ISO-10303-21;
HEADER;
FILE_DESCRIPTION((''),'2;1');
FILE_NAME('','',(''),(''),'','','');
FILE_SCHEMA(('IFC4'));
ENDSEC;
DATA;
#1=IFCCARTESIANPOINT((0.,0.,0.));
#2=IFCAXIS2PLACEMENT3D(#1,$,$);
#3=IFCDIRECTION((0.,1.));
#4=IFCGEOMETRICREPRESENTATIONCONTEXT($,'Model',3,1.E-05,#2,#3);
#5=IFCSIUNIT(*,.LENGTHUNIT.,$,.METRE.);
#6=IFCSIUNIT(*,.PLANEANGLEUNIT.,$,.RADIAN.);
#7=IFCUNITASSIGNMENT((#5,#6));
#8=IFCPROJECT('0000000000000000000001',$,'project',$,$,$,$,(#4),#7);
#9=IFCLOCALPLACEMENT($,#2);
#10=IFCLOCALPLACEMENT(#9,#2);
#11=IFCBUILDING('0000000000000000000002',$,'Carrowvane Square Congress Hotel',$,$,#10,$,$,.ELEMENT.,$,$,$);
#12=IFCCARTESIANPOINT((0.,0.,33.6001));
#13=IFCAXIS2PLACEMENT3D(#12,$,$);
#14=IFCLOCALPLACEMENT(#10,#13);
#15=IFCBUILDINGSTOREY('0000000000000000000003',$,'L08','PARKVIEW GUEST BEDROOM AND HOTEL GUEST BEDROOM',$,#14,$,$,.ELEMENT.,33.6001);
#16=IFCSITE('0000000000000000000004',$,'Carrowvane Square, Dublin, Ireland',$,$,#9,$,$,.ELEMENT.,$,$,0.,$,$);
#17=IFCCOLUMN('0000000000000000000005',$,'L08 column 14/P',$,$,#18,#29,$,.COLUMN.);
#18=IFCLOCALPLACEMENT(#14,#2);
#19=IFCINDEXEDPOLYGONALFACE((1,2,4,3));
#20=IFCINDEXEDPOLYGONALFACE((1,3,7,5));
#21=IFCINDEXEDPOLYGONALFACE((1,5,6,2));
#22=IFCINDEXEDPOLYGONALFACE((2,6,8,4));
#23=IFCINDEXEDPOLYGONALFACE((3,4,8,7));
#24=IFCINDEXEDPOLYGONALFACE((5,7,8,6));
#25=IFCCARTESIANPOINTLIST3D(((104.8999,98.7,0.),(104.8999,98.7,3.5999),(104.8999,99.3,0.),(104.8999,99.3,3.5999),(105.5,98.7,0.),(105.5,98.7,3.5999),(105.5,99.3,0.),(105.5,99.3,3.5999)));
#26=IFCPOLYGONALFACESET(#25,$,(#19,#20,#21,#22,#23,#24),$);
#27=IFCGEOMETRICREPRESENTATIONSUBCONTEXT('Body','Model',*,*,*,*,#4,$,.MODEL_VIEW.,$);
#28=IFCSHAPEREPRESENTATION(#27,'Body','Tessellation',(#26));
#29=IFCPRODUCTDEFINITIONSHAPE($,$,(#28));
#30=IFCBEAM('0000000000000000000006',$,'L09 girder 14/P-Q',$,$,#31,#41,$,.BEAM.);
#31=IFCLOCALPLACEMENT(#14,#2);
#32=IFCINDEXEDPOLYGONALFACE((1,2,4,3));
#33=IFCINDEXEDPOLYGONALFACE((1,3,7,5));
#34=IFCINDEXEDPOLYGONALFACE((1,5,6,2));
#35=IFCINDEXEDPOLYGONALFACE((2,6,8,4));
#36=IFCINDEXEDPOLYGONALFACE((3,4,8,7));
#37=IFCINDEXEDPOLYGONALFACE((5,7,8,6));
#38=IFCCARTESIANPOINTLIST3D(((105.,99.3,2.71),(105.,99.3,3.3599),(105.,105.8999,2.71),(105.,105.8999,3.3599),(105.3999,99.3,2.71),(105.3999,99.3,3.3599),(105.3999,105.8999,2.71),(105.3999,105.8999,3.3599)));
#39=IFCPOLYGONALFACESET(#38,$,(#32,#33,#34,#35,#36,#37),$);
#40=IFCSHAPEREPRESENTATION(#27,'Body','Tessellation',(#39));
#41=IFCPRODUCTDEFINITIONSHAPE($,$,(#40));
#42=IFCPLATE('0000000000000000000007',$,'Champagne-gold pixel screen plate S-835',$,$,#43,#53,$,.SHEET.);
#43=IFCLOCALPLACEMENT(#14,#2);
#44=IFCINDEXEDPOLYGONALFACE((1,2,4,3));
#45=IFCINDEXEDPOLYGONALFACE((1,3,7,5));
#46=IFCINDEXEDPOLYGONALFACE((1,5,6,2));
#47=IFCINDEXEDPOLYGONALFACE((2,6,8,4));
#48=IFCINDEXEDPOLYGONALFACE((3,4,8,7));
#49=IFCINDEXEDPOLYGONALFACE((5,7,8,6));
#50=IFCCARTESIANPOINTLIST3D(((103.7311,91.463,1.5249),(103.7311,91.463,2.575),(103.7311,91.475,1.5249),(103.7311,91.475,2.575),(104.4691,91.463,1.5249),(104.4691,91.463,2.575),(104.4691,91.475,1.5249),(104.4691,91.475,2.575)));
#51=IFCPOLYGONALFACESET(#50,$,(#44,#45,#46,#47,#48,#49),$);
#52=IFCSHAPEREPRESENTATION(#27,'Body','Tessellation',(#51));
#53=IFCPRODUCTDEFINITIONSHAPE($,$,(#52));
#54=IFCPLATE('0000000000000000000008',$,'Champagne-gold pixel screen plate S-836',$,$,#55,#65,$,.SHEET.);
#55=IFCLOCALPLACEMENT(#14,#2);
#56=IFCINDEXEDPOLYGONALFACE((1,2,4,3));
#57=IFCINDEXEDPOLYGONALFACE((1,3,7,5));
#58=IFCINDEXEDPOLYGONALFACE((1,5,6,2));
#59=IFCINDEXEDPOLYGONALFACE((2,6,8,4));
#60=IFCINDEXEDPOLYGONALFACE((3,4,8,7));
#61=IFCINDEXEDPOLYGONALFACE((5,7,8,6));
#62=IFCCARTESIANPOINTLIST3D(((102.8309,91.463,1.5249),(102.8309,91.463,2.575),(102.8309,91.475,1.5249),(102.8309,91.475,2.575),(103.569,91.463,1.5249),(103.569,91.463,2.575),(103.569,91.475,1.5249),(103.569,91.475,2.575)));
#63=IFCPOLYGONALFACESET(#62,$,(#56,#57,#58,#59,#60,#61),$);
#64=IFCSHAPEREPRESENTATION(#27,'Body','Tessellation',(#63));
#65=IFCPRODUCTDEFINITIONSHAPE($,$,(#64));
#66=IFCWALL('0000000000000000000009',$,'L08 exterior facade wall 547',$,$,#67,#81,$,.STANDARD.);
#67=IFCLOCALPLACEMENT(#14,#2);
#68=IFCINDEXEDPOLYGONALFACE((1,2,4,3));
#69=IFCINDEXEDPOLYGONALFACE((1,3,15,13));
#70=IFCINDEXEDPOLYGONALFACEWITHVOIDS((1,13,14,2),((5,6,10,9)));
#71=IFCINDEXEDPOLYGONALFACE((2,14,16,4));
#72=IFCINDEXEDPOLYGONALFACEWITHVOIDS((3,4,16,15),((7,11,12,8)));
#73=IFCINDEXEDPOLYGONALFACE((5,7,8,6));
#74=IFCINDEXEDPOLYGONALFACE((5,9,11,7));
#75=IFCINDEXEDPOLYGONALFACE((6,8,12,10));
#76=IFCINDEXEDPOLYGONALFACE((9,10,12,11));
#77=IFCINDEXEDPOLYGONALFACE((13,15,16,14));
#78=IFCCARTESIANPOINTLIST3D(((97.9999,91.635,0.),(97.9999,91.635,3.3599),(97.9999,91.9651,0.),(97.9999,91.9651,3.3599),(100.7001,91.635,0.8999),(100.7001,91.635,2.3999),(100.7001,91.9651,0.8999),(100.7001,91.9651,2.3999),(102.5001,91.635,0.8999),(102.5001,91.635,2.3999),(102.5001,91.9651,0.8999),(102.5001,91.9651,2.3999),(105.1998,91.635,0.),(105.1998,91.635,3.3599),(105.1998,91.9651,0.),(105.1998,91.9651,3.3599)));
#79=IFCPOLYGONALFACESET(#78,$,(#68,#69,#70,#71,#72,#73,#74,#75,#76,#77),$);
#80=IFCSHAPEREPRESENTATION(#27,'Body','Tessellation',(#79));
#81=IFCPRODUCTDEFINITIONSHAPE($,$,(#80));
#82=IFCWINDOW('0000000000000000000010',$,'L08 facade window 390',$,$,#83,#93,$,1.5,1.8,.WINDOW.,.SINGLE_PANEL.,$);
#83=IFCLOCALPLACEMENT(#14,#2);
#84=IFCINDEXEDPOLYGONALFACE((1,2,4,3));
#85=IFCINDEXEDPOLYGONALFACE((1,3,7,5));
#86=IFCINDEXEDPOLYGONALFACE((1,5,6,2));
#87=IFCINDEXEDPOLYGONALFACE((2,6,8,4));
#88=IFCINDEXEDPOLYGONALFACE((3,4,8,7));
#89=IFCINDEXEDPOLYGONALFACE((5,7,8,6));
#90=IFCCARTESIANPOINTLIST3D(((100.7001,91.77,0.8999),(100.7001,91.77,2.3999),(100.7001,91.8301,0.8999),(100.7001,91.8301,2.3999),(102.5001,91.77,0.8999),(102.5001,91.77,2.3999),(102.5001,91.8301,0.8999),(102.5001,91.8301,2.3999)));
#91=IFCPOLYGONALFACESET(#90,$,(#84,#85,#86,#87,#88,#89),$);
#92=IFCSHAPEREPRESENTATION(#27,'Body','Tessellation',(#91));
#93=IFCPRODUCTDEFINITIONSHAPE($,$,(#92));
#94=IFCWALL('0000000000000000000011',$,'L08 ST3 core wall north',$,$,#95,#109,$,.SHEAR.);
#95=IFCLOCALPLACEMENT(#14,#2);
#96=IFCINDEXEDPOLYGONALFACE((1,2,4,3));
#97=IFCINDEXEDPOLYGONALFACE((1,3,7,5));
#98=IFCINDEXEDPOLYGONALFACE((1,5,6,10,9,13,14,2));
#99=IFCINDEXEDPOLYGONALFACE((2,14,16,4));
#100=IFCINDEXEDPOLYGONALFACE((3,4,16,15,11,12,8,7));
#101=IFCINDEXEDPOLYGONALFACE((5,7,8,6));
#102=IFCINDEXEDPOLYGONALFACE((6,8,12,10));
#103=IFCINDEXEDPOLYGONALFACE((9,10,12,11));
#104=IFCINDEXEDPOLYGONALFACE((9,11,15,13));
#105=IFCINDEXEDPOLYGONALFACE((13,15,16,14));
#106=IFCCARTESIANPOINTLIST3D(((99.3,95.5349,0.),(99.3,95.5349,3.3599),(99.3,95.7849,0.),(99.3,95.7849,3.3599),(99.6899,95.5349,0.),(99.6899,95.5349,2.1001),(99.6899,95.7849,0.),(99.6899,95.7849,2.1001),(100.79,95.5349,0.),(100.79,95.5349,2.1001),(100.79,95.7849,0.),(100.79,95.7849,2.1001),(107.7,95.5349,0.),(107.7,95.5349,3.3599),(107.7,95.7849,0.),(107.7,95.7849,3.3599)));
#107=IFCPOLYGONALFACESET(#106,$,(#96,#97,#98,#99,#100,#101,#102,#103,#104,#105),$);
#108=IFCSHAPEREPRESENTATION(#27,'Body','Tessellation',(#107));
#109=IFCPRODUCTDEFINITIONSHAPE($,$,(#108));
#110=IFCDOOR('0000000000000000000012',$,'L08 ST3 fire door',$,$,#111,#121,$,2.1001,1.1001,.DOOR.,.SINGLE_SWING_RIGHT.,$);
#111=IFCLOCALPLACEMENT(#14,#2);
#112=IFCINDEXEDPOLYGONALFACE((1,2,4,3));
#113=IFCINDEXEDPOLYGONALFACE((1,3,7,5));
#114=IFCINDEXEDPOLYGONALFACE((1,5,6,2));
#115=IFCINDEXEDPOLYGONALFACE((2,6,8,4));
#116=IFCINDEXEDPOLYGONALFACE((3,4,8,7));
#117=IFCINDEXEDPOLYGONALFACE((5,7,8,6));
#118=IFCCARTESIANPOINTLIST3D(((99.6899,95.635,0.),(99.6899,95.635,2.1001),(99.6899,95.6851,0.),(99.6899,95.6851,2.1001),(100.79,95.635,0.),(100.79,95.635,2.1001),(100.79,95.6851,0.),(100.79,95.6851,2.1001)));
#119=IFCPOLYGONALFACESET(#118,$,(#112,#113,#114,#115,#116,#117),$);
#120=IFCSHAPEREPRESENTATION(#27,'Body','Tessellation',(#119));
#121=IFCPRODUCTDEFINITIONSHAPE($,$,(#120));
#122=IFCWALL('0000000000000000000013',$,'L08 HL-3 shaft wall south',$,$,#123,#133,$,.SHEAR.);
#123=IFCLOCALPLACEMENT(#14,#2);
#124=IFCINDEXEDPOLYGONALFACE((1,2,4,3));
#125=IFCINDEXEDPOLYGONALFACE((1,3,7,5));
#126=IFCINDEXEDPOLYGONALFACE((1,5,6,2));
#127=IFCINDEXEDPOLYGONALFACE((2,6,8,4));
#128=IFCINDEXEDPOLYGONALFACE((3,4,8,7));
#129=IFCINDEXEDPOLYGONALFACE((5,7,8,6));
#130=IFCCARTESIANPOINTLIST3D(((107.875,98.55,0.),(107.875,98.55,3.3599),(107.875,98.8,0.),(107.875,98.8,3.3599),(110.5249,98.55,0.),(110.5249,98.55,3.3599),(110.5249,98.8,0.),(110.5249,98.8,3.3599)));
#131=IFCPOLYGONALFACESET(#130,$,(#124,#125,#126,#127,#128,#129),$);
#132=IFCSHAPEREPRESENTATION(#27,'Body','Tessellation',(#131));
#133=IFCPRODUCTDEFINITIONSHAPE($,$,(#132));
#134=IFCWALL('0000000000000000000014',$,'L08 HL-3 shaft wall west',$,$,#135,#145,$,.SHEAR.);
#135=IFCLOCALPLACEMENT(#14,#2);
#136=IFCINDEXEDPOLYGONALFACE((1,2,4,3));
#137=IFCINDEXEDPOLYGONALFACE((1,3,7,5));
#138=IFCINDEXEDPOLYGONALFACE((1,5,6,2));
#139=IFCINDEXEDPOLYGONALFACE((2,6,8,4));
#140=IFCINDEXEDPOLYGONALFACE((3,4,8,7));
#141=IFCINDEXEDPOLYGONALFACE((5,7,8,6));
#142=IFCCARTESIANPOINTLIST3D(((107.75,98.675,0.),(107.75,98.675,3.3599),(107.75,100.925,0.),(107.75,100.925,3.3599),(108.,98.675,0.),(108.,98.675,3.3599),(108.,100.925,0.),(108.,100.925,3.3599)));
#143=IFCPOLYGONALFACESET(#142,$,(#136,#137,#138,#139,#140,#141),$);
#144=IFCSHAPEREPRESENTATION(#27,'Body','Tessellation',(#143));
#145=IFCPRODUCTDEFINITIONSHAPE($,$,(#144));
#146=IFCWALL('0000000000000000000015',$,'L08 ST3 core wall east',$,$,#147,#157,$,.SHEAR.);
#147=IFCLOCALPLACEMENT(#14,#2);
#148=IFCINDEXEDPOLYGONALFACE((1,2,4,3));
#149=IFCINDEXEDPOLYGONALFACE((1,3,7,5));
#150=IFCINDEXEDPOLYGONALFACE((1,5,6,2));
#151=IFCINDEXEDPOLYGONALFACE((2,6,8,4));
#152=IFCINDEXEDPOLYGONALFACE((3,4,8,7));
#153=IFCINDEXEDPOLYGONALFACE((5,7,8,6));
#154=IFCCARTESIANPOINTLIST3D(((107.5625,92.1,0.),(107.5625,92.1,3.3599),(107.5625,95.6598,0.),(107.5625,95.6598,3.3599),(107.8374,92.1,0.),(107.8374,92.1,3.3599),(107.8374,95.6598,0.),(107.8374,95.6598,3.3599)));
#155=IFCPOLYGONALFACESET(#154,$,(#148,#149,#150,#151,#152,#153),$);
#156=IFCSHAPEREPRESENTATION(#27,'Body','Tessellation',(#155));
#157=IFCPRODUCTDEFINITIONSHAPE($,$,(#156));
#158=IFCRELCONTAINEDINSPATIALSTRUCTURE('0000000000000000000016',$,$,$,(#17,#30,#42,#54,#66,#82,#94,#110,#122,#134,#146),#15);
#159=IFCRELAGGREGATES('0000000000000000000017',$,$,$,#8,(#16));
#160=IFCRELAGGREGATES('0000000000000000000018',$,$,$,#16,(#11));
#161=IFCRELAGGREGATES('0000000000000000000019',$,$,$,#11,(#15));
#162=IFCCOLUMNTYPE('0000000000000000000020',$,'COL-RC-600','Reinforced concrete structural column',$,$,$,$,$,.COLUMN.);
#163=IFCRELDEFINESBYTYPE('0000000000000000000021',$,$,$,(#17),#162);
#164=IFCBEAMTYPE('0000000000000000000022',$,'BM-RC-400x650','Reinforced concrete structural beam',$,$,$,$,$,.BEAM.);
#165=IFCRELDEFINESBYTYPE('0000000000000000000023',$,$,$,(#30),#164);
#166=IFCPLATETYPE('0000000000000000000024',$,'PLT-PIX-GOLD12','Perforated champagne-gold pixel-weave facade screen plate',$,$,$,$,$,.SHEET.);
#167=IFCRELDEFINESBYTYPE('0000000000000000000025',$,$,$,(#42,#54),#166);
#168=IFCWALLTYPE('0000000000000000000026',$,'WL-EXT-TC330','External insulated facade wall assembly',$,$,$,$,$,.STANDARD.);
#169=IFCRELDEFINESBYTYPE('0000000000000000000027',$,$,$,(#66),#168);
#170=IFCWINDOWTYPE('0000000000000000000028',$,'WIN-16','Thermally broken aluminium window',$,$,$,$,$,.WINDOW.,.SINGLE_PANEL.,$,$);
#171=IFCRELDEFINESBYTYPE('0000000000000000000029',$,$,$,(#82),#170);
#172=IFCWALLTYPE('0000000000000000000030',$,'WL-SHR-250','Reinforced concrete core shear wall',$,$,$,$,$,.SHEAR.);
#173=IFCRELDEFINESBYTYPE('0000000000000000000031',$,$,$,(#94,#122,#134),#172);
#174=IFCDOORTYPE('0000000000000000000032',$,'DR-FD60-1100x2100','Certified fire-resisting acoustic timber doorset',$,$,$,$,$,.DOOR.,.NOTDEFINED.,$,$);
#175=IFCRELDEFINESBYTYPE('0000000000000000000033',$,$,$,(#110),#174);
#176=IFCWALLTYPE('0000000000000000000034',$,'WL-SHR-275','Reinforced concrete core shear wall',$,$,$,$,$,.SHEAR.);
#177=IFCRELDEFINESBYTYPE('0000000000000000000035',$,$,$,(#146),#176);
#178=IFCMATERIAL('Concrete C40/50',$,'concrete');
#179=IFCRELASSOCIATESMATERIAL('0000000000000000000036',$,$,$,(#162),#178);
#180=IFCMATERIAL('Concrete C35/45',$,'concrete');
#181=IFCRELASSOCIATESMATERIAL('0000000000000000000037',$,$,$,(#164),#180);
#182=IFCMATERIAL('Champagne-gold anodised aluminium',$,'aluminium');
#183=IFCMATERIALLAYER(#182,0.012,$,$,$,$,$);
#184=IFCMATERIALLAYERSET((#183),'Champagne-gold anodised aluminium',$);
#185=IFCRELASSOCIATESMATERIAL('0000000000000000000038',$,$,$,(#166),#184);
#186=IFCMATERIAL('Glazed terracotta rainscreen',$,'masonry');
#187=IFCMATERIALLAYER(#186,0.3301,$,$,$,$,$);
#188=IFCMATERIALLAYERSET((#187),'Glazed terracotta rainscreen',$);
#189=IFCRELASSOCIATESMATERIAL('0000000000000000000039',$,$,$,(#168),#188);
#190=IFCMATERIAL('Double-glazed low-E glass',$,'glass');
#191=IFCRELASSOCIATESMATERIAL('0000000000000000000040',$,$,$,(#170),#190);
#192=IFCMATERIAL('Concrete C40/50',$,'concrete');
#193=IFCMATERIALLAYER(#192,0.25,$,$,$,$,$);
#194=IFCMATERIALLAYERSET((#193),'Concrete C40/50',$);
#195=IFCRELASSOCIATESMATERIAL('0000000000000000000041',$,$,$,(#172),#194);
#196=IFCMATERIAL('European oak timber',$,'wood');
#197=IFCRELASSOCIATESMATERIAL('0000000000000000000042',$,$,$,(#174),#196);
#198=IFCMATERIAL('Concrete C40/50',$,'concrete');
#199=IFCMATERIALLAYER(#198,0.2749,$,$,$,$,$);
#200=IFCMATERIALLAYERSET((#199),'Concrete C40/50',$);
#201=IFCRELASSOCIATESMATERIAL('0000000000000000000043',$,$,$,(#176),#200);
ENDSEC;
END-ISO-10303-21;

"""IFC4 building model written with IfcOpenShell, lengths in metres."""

from ifc_helpers import new_model, si_unit, direction, frame, frame_2d, origin, origin_2d, place, context, subcontext, project, spatial, rectangle, extrude, material, layer, layer_set, material_profile, profile_set, type_object, element, fill, save


model = new_model("IFC4")

# Units and contexts
model_context = context("Model", 3, precision=1e-05, world=origin(), true_north=direction((0.0, 1.0)))
body_context = subcontext(model_context, "Body", "Model", "MODEL_VIEW")
ifc_project = project(units=[si_unit("LENGTHUNIT", "METRE"), si_unit("PLANEANGLEUNIT", "RADIAN")], contexts=[model_context])

# Site, building, storey
site_placement = place(None, origin())
site = spatial("IfcSite", under=ifc_project, at=site_placement, Name="Carrowvane Square, Dublin, Ireland", CompositionType="ELEMENT", RefElevation=0.0)
building_placement = place(site_placement, origin())
building = spatial("IfcBuilding", under=site, at=building_placement, Name="Carrowvane Square Congress Hotel", CompositionType="ELEMENT")
storey_placement = place(building_placement, frame((0.0, 0.0, 33.6001)))
storey = spatial("IfcBuildingStorey", under=building, at=storey_placement, Name="L08", Description="PARKVIEW GUEST BEDROOM AND HOTEL GUEST BEDROOM", CompositionType="ELEMENT", Elevation=33.6001)

# Column
ifc_material_1 = material(Name="Concrete C40/50", Category="concrete")
ifc_material_profile_1 = material_profile(ifc_material_1, rectangle(XDim=0.6001, YDim=0.6001, at=origin_2d()), Name="RC 600x600")
ifc_profile_set_1 = profile_set([ifc_material_profile_1], Name="Concrete C40/50")
column_type = type_object("IfcColumnType", Name="COL-RC-600", Description="Reinforced concrete structural column", PredefinedType="COLUMN", material=ifc_profile_set_1)
column_placement = place(storey_placement, frame((105.2, 99.0, 0.0), z_axis=(0.0, 0.0, 1.0), x_axis=(1.0, 0.0, 0.0)))
element("IfcColumn", 1, at=column_placement, inside=storey, type_object=column_type, Name="L08 column 14/P", PredefinedType="COLUMN", context=body_context, shape_type="SweptSolid", body=[
    extrude(rectangle(XDim=0.6001, YDim=0.6001, at=origin_2d()), origin(), (0.0, 0.0, 1.0), 3.5999),
])

# Beam
ifc_material_2 = material(Name="Concrete C35/45", Category="concrete")
ifc_material_profile_2 = material_profile(ifc_material_2, rectangle(XDim=0.3999, YDim=0.6499, at=origin_2d()), Name="RC 400x650")
ifc_profile_set_2 = profile_set([ifc_material_profile_2], Name="Concrete C35/45")
beam_type = type_object("IfcBeamType", Name="BM-RC-400x650", Description="Reinforced concrete structural beam", PredefinedType="BEAM", material=ifc_profile_set_2)
beam_placement = place(storey_placement, frame((105.2, 99.3, 3.0349), z_axis=(0.0, 1.0, 0.0), x_axis=(-1.0, 0.0, 0.0)))
element("IfcBeam", 2, at=beam_placement, inside=storey, type_object=beam_type, Name="L09 girder 14/P-Q", PredefinedType="BEAM", context=body_context, shape_type="SweptSolid", body=[
    extrude(rectangle(XDim=0.3999, YDim=0.6499, at=origin_2d()), origin(), (0.0, 0.0, 1.0), 6.5999),
])

# Plates
ifc_material_3 = material(Name="Champagne-gold anodised aluminium", Category="aluminium")
ifc_layer_1 = layer(ifc_material_3, 0.012)
ifc_layer_set_1 = layer_set([ifc_layer_1], Name="Champagne-gold anodised aluminium")
plate_type = type_object("IfcPlateType", Name="PLT-PIX-GOLD12", Description="Perforated champagne-gold pixel-weave facade screen plate", PredefinedType="SHEET", material=ifc_layer_set_1)
for number, where, z_axis, x_axis, name in (
    (3, (104.1001, 91.469, 1.5249), (0.0, 0.0, 1.0), (-1.0, 0.0, 0.0), "Champagne-gold pixel screen plate S-835"),
    (4, (103.2, 91.469, 1.5249), (0.0, 0.0, 1.0), (-1.0, 0.0, 0.0), "Champagne-gold pixel screen plate S-836"),
):
    element("IfcPlate", number, at=place(storey_placement, frame(where, z_axis=z_axis, x_axis=x_axis)), inside=storey, type_object=plate_type, Name=name, PredefinedType="SHEET", context=body_context, shape_type="SweptSolid", body=[
        extrude(rectangle(XDim=0.738, YDim=0.012, at=origin_2d()), origin(), (0.0, 0.0, 1.0), 1.05),
    ])

# Wall, opening, window
ifc_material_4 = material(Name="Glazed terracotta rainscreen", Category="masonry")
ifc_layer_2 = layer(ifc_material_4, 0.3301)
ifc_layer_set_2 = layer_set([ifc_layer_2], Name="Glazed terracotta rainscreen")
wall_type_1 = type_object("IfcWallType", Name="WL-EXT-TC330", Description="External insulated facade wall assembly", PredefinedType="STANDARD", material=ifc_layer_set_2)
wall_1_placement = place(storey_placement, frame((105.2, 91.8, 0.0), z_axis=(0.0, 0.0, 1.0), x_axis=(-1.0, 0.0, 0.0)))
wall_1 = element("IfcWall", 5, at=wall_1_placement, inside=storey, type_object=wall_type_1, Name="L08 exterior facade wall 547", PredefinedType="STANDARD", context=body_context, shape_type="SweptSolid", body=[
    extrude(rectangle(XDim=7.2, YDim=0.3301, at=frame_2d((3.6001, 0.0))), origin(), (0.0, 0.0, 1.0), 3.3599),
])
opening_1_placement = place(wall_1_placement, frame((2.7, 0.0, 0.8999)))
opening_1 = element("IfcOpeningElement", 6, at=opening_1_placement, cuts=wall_1, PredefinedType="OPENING", context=body_context, shape_type="SweptSolid", body=[
    extrude(rectangle(XDim=1.8, YDim=1.5, at=frame_2d((0.8999, 0.75))), frame((0.0, 0.175, 0.0), z_axis=(0.0, -1.0, 0.0), x_axis=(1.0, 0.0, 0.0)), (0.0, 0.0, 1.0), 0.3501),
])
ifc_material_5 = material(Name="Double-glazed low-E glass", Category="glass")
window_type = type_object("IfcWindowType", Name="WIN-16", Description="Thermally broken aluminium window", PartitioningType="SINGLE_PANEL", PredefinedType="WINDOW", material=ifc_material_5)
window_placement = place(opening_1_placement, origin())
window = element("IfcWindow", 7, at=window_placement, inside=storey, type_object=window_type, Name="L08 facade window 390", OverallHeight=1.5, OverallWidth=1.8, PartitioningType="SINGLE_PANEL", PredefinedType="WINDOW", context=body_context, shape_type="SweptSolid", body=[
    extrude(rectangle(XDim=1.8, YDim=1.5, at=frame_2d((0.8999, 0.75))), frame((0.0, 0.03, 0.0), z_axis=(0.0, -1.0, 0.0), x_axis=(1.0, 0.0, 0.0)), (0.0, 0.0, 1.0), 0.0601),
])
fill(opening_1, window)

# Wall, opening, door
ifc_material_6 = material(Name="Concrete C40/50", Category="concrete")
ifc_layer_3 = layer(ifc_material_6, 0.25)
ifc_layer_set_3 = layer_set([ifc_layer_3], Name="Concrete C40/50")
wall_type_2 = type_object("IfcWallType", Name="WL-SHR-250", Description="Reinforced concrete core shear wall", PredefinedType="SHEAR", material=ifc_layer_set_3)
wall_2_placement = place(storey_placement, frame((107.7, 95.6599, 0.0), z_axis=(0.0, 0.0, 1.0), x_axis=(-1.0, 0.0, 0.0)))
wall_2 = element("IfcWall", 8, at=wall_2_placement, inside=storey, type_object=wall_type_2, Name="L08 ST3 core wall north", PredefinedType="SHEAR", context=body_context, shape_type="SweptSolid", body=[
    extrude(rectangle(XDim=8.3999, YDim=0.25, at=frame_2d((4.2, 0.0))), origin(), (0.0, 0.0, 1.0), 3.3599),
])
opening_2_placement = place(wall_2_placement, frame((6.9099, 0.0, 0.0)))
opening_2 = element("IfcOpeningElement", 9, at=opening_2_placement, cuts=wall_2, PredefinedType="OPENING", context=body_context, shape_type="SweptSolid", body=[
    extrude(rectangle(XDim=1.1001, YDim=2.1001, at=frame_2d((0.55, 1.05))), frame((0.0, 0.135, 0.0), z_axis=(0.0, -1.0, 0.0), x_axis=(1.0, 0.0, 0.0)), (0.0, 0.0, 1.0), 0.27),
])
ifc_material_7 = material(Name="European oak timber", Category="wood")
door_type = type_object("IfcDoorType", Name="DR-FD60-1100x2100", Description="Certified fire-resisting acoustic timber doorset", OperationType="NOTDEFINED", PredefinedType="DOOR", material=ifc_material_7)
door_placement = place(opening_2_placement, origin())
door = element("IfcDoor", 10, at=door_placement, inside=storey, type_object=door_type, Name="L08 ST3 fire door", OperationType="SINGLE_SWING_RIGHT", OverallHeight=2.1001, OverallWidth=1.1001, PredefinedType="DOOR", context=body_context, shape_type="SweptSolid", body=[
    extrude(rectangle(XDim=1.1001, YDim=2.1001, at=frame_2d((0.55, 1.05))), frame((0.0, 0.0249, 0.0), z_axis=(0.0, -1.0, 0.0), x_axis=(1.0, 0.0, 0.0)), (0.0, 0.0, 1.0), 0.05),
])
fill(opening_2, door)

# Walls
wall_3_placement = place(storey_placement, frame((107.875, 98.675, 0.0), z_axis=(0.0, 0.0, 1.0), x_axis=(1.0, 0.0, 0.0)))
element("IfcWall", 11, at=wall_3_placement, inside=storey, type_object=wall_type_2, Name="L08 HL-3 shaft wall south", PredefinedType="SHEAR", context=body_context, shape_type="SweptSolid", body=[
    extrude(rectangle(XDim=2.6499, YDim=0.25, at=frame_2d((1.325, 0.0))), origin(), (0.0, 0.0, 1.0), 3.3599),
])
wall_4_placement = place(storey_placement, frame((107.875, 100.925, 0.0), z_axis=(0.0, 0.0, 1.0), x_axis=(0.0, -1.0, 0.0)))
element("IfcWall", 12, at=wall_4_placement, inside=storey, type_object=wall_type_2, Name="L08 HL-3 shaft wall west", PredefinedType="SHEAR", context=body_context, shape_type="SweptSolid", body=[
    extrude(rectangle(XDim=2.25, YDim=0.25, at=frame_2d((1.125, 0.0))), origin(), (0.0, 0.0, 1.0), 3.3599),
])
ifc_material_8 = material(Name="Concrete C40/50", Category="concrete")
ifc_layer_4 = layer(ifc_material_8, 0.2749)
ifc_layer_set_4 = layer_set([ifc_layer_4], Name="Concrete C40/50")
wall_type_3 = type_object("IfcWallType", Name="WL-SHR-275", Description="Reinforced concrete core shear wall", PredefinedType="SHEAR", material=ifc_layer_set_4)
wall_5_placement = place(storey_placement, frame((107.7, 92.1001, 0.0), z_axis=(0.0, 0.0, 1.0), x_axis=(0.0, 1.0, 0.0)))
element("IfcWall", 13, at=wall_5_placement, inside=storey, type_object=wall_type_3, Name="L08 ST3 core wall east", PredefinedType="SHEAR", context=body_context, shape_type="SweptSolid", body=[
    extrude(rectangle(XDim=3.5598, YDim=0.2749, at=frame_2d((1.7798, 0.0))), origin(), (0.0, 0.0, 1.0), 3.3599),
])

save(model, "model.ifc")
